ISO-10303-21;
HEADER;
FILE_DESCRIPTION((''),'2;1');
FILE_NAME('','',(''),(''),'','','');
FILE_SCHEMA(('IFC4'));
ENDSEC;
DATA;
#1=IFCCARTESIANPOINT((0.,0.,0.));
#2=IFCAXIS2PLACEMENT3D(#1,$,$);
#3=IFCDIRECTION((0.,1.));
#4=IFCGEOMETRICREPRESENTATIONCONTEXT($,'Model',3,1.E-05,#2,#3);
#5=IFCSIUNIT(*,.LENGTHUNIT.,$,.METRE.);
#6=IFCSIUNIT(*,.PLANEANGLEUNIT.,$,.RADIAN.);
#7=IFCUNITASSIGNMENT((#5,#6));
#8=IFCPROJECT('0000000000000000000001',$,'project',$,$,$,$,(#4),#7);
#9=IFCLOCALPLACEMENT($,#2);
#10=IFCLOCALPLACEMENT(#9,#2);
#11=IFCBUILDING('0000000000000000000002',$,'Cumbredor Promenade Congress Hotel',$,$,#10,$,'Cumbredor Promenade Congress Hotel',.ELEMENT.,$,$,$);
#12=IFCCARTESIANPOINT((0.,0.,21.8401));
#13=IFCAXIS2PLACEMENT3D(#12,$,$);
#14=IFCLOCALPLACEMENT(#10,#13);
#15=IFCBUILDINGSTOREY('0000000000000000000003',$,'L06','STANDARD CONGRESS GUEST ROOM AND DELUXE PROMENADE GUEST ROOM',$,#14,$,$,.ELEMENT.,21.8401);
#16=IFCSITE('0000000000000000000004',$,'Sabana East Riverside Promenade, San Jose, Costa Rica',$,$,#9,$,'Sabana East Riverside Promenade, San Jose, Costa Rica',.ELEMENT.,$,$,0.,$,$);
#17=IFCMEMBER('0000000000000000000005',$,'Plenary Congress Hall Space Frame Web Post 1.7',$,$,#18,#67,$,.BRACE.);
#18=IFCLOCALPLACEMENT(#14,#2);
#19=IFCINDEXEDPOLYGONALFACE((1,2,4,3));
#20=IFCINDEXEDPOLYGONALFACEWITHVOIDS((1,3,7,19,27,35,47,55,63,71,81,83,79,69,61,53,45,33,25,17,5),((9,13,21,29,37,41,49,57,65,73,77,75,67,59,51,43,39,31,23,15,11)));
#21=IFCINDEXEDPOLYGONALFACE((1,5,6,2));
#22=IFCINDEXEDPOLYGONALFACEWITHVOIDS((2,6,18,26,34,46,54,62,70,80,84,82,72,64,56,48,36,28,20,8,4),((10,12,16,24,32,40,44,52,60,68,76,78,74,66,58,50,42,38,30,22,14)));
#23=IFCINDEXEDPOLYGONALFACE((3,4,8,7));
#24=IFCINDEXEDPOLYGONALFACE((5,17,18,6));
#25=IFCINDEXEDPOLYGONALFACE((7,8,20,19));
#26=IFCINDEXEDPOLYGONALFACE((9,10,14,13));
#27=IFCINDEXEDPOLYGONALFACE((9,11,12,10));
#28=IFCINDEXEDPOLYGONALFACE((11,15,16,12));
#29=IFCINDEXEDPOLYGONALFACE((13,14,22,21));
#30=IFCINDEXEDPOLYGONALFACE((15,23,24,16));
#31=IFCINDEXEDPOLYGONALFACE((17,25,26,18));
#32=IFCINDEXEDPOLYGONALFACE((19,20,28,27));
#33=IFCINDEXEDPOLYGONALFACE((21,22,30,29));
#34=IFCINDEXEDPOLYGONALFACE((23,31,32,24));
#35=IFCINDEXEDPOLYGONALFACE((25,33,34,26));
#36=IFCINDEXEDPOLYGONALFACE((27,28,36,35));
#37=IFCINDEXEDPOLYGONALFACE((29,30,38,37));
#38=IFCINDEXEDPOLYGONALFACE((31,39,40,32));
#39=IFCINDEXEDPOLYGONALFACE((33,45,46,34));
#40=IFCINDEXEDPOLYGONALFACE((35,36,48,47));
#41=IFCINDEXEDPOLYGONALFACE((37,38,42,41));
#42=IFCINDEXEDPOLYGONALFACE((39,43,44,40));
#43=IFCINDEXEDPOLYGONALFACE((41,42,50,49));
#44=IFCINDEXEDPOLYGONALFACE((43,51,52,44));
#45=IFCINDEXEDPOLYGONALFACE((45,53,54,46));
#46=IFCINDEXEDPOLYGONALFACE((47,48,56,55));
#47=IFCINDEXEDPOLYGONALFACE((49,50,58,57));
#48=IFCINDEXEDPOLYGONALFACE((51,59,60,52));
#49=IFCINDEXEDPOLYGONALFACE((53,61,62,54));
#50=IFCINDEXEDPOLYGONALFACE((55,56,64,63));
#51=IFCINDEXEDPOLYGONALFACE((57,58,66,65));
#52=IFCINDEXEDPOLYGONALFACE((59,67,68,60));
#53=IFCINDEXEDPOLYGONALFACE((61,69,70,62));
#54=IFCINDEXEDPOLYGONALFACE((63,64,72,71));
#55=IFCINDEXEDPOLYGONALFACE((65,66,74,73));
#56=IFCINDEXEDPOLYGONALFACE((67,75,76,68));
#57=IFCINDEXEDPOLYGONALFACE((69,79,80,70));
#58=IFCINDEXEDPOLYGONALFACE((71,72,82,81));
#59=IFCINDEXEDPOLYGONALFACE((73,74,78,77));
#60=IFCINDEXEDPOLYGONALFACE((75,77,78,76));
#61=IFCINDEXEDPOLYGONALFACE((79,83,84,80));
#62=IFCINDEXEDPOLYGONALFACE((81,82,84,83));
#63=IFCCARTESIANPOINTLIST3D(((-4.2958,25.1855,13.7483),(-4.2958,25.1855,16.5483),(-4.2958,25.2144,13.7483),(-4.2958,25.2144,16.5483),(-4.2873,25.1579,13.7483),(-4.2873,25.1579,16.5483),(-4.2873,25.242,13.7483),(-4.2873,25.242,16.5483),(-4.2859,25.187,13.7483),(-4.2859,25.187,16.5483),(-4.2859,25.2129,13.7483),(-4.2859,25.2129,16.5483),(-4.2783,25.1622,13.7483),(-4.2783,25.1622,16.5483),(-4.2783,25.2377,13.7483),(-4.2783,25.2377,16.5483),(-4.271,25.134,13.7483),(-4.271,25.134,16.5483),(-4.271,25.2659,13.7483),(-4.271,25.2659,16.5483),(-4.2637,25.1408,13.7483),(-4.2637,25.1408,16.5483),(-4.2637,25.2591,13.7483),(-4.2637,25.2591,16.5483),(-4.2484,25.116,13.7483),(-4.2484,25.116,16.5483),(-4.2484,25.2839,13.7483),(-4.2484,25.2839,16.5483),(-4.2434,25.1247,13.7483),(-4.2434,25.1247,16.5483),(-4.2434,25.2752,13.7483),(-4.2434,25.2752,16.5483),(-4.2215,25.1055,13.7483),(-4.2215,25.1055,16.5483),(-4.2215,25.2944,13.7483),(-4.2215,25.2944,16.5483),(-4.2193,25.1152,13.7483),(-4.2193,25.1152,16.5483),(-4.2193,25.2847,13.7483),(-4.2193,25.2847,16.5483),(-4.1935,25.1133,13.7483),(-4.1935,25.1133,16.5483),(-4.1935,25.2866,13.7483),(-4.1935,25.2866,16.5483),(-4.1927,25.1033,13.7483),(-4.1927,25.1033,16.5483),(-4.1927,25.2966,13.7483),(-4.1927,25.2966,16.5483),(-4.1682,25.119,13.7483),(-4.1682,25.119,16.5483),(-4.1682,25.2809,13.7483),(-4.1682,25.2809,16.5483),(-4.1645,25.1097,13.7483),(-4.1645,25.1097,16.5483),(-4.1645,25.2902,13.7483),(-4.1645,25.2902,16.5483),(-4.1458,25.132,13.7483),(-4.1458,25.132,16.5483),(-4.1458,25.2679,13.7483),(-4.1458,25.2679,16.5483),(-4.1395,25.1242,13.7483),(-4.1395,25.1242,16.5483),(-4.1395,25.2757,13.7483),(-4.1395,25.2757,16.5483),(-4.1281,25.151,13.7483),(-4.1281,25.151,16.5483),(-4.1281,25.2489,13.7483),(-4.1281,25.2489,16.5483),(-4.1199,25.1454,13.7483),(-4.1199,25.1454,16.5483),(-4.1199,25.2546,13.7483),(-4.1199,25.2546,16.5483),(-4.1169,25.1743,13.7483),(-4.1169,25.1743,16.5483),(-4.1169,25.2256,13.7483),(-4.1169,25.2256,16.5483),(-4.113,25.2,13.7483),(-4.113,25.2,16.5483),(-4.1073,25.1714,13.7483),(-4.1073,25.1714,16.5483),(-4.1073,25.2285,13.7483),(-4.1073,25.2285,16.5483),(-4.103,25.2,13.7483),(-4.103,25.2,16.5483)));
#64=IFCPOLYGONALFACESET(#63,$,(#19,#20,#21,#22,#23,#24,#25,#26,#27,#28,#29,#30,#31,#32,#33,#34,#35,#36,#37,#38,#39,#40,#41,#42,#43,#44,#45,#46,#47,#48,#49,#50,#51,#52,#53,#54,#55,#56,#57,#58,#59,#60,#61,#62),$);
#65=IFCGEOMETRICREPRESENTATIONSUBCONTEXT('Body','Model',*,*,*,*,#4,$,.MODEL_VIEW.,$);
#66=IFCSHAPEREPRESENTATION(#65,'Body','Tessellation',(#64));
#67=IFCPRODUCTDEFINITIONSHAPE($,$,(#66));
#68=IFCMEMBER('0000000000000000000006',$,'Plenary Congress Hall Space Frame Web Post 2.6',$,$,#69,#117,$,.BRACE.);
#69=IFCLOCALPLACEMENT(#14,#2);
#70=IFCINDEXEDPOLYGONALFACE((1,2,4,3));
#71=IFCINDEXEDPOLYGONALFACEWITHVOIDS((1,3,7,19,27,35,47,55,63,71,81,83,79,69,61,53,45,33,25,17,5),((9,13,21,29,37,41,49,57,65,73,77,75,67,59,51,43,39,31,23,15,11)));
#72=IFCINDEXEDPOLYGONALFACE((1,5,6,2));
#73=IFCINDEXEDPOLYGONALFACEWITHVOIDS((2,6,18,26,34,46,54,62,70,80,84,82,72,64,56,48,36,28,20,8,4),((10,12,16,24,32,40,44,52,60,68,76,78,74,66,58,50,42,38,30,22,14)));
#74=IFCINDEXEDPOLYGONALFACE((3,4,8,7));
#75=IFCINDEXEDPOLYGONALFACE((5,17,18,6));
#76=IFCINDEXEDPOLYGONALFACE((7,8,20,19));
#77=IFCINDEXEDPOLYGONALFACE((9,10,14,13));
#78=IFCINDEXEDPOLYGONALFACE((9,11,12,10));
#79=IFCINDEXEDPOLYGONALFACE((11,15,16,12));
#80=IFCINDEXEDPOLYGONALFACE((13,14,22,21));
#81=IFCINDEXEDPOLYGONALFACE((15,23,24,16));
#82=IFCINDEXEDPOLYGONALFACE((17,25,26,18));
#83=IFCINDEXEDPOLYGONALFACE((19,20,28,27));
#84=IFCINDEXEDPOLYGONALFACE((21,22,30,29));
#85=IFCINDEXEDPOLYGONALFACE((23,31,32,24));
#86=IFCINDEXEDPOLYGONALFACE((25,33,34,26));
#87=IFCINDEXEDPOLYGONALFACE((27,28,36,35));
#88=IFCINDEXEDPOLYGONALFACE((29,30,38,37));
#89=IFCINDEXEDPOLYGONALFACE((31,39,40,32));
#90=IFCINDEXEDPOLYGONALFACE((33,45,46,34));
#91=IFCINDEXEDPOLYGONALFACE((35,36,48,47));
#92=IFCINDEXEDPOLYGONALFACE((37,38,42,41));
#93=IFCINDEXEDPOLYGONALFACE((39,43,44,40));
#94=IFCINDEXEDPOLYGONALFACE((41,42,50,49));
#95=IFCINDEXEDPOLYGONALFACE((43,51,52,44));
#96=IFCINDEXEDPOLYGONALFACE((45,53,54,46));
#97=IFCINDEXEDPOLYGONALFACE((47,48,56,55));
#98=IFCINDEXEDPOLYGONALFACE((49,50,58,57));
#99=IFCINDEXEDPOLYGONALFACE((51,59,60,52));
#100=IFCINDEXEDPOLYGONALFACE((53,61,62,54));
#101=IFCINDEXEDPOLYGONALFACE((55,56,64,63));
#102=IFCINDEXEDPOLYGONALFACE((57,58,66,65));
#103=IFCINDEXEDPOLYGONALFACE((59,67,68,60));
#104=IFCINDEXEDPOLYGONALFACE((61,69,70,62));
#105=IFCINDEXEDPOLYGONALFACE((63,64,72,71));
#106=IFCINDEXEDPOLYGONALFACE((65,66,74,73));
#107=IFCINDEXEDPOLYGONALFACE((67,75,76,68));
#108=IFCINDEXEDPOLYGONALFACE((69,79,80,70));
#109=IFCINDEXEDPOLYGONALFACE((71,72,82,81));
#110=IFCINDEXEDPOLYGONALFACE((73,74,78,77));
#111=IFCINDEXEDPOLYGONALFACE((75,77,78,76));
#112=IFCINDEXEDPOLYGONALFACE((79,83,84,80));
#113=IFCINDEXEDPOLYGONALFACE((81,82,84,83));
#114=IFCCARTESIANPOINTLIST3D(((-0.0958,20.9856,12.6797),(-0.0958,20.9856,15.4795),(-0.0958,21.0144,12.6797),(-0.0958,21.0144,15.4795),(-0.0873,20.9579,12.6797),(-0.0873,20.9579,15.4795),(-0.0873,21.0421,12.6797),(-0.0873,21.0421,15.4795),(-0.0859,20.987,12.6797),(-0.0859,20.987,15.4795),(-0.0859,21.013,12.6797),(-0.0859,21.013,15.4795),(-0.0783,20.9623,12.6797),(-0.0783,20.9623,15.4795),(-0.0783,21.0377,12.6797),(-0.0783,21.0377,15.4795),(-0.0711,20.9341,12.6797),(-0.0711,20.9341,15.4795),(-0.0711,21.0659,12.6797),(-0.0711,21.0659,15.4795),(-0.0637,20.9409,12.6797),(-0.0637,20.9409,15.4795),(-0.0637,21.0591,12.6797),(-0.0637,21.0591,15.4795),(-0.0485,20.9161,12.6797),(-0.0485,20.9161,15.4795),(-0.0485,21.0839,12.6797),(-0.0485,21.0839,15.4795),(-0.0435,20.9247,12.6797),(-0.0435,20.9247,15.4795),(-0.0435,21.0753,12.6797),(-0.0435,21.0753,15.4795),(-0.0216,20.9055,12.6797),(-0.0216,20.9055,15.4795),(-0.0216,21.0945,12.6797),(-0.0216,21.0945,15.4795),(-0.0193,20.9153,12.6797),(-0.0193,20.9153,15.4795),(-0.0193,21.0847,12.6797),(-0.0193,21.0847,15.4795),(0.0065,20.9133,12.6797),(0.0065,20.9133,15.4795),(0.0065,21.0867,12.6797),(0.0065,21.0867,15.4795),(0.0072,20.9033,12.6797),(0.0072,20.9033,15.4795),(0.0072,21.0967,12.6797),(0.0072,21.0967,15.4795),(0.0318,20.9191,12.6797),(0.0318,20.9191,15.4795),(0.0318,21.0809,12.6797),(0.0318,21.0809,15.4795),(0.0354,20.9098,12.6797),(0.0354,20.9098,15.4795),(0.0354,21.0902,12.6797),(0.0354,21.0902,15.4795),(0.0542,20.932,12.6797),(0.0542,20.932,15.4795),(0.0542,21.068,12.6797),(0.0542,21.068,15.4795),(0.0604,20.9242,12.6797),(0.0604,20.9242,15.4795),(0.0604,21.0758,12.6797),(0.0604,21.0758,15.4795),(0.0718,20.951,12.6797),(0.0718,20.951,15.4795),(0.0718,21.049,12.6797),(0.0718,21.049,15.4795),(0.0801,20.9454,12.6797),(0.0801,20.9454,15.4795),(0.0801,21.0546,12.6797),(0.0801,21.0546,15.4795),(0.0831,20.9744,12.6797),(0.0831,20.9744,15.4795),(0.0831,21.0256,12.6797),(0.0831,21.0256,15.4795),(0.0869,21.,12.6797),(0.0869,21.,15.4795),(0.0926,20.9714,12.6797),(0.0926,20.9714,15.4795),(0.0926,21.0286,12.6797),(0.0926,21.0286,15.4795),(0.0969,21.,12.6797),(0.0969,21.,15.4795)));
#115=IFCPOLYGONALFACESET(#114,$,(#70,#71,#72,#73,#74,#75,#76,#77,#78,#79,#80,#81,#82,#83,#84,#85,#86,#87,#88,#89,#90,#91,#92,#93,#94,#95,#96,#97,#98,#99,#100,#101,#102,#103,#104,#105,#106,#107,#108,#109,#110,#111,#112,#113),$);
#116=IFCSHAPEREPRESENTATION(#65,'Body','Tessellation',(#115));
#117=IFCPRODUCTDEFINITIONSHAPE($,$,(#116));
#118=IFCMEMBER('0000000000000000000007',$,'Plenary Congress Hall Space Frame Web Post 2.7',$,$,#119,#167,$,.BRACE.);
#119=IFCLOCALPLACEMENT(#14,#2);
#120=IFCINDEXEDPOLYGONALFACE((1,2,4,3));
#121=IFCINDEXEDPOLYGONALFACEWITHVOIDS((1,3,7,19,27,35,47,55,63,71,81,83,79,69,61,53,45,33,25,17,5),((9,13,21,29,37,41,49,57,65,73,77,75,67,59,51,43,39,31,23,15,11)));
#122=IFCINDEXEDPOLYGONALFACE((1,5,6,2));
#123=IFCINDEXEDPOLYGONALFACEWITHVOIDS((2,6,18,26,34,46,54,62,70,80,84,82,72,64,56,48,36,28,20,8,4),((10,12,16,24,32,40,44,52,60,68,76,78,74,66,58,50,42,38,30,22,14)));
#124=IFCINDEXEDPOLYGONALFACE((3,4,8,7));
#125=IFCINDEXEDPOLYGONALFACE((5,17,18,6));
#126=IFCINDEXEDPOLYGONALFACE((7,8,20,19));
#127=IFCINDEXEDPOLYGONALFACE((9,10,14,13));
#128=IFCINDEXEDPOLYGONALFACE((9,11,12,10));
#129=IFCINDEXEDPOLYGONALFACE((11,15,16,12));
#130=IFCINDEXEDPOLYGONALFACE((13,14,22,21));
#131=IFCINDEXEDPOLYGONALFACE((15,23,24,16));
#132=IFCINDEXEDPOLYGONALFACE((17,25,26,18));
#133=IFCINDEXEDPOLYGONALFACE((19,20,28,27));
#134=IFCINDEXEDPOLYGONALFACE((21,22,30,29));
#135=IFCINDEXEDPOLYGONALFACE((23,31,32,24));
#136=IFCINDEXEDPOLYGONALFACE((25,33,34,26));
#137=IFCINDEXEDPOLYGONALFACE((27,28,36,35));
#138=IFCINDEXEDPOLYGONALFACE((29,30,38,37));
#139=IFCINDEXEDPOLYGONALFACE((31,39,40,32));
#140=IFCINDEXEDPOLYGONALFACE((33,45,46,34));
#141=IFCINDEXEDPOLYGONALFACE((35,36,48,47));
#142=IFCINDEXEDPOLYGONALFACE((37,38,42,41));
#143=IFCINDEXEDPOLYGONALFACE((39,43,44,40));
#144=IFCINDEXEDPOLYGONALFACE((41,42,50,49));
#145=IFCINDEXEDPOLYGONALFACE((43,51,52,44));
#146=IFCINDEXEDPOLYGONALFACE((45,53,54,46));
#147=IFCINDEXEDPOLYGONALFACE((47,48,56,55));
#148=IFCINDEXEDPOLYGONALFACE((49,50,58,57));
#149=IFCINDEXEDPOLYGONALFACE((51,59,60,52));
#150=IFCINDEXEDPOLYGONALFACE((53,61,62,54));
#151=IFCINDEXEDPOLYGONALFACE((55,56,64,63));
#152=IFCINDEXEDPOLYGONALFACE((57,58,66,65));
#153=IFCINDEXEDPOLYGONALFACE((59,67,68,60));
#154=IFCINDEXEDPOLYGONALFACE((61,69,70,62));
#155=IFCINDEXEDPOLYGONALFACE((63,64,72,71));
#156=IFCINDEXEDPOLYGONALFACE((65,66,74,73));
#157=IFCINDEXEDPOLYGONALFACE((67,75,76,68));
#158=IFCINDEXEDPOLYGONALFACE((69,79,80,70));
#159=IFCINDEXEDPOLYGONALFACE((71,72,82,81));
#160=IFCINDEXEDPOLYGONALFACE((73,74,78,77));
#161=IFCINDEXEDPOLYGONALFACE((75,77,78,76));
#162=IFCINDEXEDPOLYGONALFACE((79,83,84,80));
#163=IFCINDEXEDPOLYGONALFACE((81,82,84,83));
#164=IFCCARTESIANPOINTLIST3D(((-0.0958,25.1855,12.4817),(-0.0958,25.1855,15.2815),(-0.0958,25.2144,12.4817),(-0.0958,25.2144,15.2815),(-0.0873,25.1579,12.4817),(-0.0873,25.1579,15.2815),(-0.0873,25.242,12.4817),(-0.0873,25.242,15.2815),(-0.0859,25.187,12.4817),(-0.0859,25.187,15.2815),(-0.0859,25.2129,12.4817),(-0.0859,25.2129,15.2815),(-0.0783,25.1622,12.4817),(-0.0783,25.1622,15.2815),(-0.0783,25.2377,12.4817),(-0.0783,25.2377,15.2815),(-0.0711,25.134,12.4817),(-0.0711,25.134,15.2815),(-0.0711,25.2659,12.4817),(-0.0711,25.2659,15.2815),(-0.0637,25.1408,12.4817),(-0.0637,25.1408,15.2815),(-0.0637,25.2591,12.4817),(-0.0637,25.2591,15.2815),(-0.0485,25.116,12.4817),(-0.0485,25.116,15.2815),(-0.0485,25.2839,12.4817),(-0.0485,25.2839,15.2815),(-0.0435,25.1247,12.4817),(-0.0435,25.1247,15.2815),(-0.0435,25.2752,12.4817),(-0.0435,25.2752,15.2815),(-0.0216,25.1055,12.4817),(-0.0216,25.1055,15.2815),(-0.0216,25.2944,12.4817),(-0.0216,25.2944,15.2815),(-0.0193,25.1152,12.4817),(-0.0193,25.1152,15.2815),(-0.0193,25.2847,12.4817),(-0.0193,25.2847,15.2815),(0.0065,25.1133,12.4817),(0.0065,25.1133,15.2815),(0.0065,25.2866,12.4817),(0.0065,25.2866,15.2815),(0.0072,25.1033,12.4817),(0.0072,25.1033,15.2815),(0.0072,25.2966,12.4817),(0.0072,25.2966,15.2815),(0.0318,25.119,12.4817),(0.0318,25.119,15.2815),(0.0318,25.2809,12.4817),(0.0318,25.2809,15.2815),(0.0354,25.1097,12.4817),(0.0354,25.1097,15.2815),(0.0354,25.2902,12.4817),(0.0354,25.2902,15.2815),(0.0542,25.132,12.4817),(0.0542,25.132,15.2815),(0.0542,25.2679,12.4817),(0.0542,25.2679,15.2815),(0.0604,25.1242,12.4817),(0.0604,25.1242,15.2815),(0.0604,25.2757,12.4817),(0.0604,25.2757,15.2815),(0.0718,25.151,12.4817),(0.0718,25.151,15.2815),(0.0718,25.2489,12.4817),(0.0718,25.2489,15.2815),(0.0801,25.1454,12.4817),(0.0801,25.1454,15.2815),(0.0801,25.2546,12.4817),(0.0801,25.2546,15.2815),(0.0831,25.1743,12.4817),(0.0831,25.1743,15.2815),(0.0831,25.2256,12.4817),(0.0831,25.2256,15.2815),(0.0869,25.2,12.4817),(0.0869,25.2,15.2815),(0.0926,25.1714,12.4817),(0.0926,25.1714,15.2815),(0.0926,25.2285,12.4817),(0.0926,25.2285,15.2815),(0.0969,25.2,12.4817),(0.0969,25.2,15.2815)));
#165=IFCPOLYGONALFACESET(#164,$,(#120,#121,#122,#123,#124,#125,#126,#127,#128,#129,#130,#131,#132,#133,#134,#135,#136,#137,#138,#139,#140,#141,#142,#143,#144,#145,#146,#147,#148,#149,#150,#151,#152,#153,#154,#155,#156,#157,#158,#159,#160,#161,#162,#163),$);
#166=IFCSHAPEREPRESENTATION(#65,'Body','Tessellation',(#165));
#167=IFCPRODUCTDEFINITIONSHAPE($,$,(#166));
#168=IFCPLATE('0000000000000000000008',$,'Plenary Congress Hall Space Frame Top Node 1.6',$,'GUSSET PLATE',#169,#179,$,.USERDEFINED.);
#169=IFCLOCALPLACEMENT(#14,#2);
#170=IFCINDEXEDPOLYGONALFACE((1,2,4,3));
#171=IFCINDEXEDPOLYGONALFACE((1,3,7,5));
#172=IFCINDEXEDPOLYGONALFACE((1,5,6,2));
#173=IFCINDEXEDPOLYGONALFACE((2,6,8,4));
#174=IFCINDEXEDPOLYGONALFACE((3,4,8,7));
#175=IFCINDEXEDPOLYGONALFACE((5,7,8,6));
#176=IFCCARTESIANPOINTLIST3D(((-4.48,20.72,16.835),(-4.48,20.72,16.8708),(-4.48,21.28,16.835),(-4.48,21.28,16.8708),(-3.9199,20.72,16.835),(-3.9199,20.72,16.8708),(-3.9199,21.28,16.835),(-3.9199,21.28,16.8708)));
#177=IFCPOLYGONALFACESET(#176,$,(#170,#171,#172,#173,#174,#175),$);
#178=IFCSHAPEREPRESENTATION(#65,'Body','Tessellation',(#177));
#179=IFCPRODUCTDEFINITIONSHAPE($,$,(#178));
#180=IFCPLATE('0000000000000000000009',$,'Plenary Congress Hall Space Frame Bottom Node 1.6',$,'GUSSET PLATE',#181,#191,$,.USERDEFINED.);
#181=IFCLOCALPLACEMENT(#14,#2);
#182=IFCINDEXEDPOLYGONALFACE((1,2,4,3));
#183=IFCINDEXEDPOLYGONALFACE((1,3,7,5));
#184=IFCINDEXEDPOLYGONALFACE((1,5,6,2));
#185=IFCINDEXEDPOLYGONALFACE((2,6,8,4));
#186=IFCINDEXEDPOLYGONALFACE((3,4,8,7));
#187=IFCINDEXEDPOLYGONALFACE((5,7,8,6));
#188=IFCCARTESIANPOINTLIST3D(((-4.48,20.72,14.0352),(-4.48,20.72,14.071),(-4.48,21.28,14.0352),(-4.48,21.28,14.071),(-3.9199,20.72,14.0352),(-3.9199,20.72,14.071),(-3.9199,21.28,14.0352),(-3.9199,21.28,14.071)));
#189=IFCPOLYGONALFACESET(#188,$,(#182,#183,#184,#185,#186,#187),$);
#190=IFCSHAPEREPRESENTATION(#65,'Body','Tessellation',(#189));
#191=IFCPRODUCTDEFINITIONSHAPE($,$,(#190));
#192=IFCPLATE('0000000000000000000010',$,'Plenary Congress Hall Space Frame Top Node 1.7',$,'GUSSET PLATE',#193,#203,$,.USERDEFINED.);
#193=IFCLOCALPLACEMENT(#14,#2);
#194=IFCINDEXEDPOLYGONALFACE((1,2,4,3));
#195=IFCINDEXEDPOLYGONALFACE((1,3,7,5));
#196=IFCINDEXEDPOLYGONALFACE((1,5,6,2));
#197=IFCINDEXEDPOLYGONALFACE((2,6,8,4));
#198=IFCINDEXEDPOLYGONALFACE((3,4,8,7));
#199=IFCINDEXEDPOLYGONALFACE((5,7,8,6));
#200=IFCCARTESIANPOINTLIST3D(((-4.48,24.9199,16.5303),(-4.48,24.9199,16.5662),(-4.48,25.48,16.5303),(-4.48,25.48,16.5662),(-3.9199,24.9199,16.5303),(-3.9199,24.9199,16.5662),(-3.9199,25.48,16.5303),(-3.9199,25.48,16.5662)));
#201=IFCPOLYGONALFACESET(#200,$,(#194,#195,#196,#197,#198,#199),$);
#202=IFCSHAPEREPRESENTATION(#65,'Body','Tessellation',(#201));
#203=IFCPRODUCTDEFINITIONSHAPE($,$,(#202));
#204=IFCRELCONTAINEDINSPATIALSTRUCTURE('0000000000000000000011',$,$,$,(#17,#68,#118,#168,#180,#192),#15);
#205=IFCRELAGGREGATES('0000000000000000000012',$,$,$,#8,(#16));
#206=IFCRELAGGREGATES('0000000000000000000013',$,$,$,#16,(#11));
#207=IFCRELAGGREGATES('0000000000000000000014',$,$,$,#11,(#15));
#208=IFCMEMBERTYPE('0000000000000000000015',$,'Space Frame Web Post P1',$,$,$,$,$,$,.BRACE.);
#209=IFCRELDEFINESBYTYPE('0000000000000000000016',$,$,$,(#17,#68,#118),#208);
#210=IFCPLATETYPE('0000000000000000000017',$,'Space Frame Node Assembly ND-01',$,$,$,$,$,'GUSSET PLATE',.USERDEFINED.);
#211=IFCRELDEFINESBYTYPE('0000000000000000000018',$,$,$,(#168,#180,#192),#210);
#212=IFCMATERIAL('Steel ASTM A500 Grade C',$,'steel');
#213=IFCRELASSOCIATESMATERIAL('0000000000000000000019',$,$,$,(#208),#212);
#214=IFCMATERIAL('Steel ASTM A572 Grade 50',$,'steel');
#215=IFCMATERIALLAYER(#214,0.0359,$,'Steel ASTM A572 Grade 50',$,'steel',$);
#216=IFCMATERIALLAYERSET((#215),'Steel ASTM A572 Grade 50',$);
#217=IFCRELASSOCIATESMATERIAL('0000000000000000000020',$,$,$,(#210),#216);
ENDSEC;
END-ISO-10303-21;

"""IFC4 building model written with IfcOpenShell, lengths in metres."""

from ifc_helpers import new_model, si_unit, direction, frame, origin, origin_2d, place, context, subcontext, project, spatial, rectangle, hollow_circle, extrude, material, layer, layer_set, material_profile, profile_set, type_object, element, save


model = new_model("IFC4")

# Units and contexts
model_context = context("Model", 3, precision=1e-05, world=origin(), true_north=direction((0.0, 1.0)))
body_context = subcontext(model_context, "Body", "Model", "MODEL_VIEW")
ifc_project = project(units=[si_unit("LENGTHUNIT", "METRE"), si_unit("PLANEANGLEUNIT", "RADIAN")], contexts=[model_context])

# Site, building, storey
site_placement = place(None, origin())
site = spatial("IfcSite", under=ifc_project, at=site_placement, Name="Sabana East Riverside Promenade, San Jose, Costa Rica", LongName="Sabana East Riverside Promenade, San Jose, Costa Rica", CompositionType="ELEMENT", RefElevation=0.0)
building_placement = place(site_placement, origin())
building = spatial("IfcBuilding", under=site, at=building_placement, Name="Cumbredor Promenade Congress Hotel", LongName="Cumbredor Promenade Congress Hotel", CompositionType="ELEMENT")
storey_placement = place(building_placement, frame((0.0, 0.0, 21.8401)))
storey = spatial("IfcBuildingStorey", under=building, at=storey_placement, Name="L06", Description="STANDARD CONGRESS GUEST ROOM AND DELUXE PROMENADE GUEST ROOM", CompositionType="ELEMENT", Elevation=21.8401)

# Members
ifc_material_1 = material(Name="Steel ASTM A500 Grade C", Category="steel")
ifc_material_profile_1 = material_profile(ifc_material_1, hollow_circle(Radius=0.0969, WallThickness=0.01, at=origin_2d()), Name="CHS 193.7x10")
ifc_profile_set_1 = profile_set([ifc_material_profile_1], Name="Steel ASTM A500 Grade C")
member_type_1 = type_object("IfcMemberType", Name="Space Frame Web Post P1", PredefinedType="BRACE", material=ifc_profile_set_1)
member_1_placement = place(storey_placement, frame((-4.2, 25.2, 13.7483), z_axis=(0.0, 0.0, 1.0), x_axis=(1.0, 0.0, 0.0)))
element("IfcMember", 1, at=member_1_placement, inside=storey, type_object=member_type_1, Name="Plenary Congress Hall Space Frame Web Post 1.7", PredefinedType="BRACE", context=body_context, shape_type="SweptSolid", body=[
    extrude(hollow_circle(Radius=0.0969, WallThickness=0.01, at=origin_2d()), origin(), (0.0, 0.0, 1.0), 2.8),
])
for number, where, z_axis, x_axis, name in (
    (2, (0.0, 21.0, 12.6797), (0.0, 0.0, 1.0), (1.0, 0.0, 0.0), "Plenary Congress Hall Space Frame Web Post 2.6"),
    (3, (0.0, 25.2, 12.4817), (0.0, 0.0, 1.0), (1.0, 0.0, 0.0), "Plenary Congress Hall Space Frame Web Post 2.7"),
):
    element("IfcMember", number, at=place(storey_placement, frame(where, z_axis=z_axis, x_axis=x_axis)), inside=storey, type_object=member_type_1, Name=name, PredefinedType="BRACE", context=body_context, shape_type="SweptSolid", body=[
        extrude(hollow_circle(Radius=0.0969, WallThickness=0.01, at=origin_2d()), origin(), (0.0, 0.0, 1.0), 2.7998),
    ])

# Plates
ifc_material_2 = material(Name="Steel ASTM A572 Grade 50", Category="steel")
ifc_layer = layer(ifc_material_2, 0.0359, Name="Steel ASTM A572 Grade 50", Category="steel")
ifc_layer_set = layer_set([ifc_layer], Name="Steel ASTM A572 Grade 50")
plate_type = type_object("IfcPlateType", Name="Space Frame Node Assembly ND-01", ElementType="GUSSET PLATE", PredefinedType="USERDEFINED", material=ifc_layer_set)
for number, where, z_axis, x_axis, name in (
    (4, (-4.2, 21.0, 16.835), (0.0, 0.0, 1.0), (1.0, 0.0, 0.0), "Plenary Congress Hall Space Frame Top Node 1.6"),
    (5, (-4.2, 21.0, 14.0352), (0.0, 0.0, 1.0), (1.0, 0.0, 0.0), "Plenary Congress Hall Space Frame Bottom Node 1.6"),
    (6, (-4.2, 25.2, 16.5303), (0.0, 0.0, 1.0), (1.0, 0.0, 0.0), "Plenary Congress Hall Space Frame Top Node 1.7"),
):
    element("IfcPlate", number, at=place(storey_placement, frame(where, z_axis=z_axis, x_axis=x_axis)), inside=storey, type_object=plate_type, Name=name, ObjectType="GUSSET PLATE", PredefinedType="USERDEFINED", context=body_context, shape_type="SweptSolid", body=[
        extrude(rectangle(XDim=0.5601, YDim=0.5601, at=origin_2d()), origin(), (0.0, 0.0, 1.0), 0.0359),
    ])

save(model, "model.ifc")
